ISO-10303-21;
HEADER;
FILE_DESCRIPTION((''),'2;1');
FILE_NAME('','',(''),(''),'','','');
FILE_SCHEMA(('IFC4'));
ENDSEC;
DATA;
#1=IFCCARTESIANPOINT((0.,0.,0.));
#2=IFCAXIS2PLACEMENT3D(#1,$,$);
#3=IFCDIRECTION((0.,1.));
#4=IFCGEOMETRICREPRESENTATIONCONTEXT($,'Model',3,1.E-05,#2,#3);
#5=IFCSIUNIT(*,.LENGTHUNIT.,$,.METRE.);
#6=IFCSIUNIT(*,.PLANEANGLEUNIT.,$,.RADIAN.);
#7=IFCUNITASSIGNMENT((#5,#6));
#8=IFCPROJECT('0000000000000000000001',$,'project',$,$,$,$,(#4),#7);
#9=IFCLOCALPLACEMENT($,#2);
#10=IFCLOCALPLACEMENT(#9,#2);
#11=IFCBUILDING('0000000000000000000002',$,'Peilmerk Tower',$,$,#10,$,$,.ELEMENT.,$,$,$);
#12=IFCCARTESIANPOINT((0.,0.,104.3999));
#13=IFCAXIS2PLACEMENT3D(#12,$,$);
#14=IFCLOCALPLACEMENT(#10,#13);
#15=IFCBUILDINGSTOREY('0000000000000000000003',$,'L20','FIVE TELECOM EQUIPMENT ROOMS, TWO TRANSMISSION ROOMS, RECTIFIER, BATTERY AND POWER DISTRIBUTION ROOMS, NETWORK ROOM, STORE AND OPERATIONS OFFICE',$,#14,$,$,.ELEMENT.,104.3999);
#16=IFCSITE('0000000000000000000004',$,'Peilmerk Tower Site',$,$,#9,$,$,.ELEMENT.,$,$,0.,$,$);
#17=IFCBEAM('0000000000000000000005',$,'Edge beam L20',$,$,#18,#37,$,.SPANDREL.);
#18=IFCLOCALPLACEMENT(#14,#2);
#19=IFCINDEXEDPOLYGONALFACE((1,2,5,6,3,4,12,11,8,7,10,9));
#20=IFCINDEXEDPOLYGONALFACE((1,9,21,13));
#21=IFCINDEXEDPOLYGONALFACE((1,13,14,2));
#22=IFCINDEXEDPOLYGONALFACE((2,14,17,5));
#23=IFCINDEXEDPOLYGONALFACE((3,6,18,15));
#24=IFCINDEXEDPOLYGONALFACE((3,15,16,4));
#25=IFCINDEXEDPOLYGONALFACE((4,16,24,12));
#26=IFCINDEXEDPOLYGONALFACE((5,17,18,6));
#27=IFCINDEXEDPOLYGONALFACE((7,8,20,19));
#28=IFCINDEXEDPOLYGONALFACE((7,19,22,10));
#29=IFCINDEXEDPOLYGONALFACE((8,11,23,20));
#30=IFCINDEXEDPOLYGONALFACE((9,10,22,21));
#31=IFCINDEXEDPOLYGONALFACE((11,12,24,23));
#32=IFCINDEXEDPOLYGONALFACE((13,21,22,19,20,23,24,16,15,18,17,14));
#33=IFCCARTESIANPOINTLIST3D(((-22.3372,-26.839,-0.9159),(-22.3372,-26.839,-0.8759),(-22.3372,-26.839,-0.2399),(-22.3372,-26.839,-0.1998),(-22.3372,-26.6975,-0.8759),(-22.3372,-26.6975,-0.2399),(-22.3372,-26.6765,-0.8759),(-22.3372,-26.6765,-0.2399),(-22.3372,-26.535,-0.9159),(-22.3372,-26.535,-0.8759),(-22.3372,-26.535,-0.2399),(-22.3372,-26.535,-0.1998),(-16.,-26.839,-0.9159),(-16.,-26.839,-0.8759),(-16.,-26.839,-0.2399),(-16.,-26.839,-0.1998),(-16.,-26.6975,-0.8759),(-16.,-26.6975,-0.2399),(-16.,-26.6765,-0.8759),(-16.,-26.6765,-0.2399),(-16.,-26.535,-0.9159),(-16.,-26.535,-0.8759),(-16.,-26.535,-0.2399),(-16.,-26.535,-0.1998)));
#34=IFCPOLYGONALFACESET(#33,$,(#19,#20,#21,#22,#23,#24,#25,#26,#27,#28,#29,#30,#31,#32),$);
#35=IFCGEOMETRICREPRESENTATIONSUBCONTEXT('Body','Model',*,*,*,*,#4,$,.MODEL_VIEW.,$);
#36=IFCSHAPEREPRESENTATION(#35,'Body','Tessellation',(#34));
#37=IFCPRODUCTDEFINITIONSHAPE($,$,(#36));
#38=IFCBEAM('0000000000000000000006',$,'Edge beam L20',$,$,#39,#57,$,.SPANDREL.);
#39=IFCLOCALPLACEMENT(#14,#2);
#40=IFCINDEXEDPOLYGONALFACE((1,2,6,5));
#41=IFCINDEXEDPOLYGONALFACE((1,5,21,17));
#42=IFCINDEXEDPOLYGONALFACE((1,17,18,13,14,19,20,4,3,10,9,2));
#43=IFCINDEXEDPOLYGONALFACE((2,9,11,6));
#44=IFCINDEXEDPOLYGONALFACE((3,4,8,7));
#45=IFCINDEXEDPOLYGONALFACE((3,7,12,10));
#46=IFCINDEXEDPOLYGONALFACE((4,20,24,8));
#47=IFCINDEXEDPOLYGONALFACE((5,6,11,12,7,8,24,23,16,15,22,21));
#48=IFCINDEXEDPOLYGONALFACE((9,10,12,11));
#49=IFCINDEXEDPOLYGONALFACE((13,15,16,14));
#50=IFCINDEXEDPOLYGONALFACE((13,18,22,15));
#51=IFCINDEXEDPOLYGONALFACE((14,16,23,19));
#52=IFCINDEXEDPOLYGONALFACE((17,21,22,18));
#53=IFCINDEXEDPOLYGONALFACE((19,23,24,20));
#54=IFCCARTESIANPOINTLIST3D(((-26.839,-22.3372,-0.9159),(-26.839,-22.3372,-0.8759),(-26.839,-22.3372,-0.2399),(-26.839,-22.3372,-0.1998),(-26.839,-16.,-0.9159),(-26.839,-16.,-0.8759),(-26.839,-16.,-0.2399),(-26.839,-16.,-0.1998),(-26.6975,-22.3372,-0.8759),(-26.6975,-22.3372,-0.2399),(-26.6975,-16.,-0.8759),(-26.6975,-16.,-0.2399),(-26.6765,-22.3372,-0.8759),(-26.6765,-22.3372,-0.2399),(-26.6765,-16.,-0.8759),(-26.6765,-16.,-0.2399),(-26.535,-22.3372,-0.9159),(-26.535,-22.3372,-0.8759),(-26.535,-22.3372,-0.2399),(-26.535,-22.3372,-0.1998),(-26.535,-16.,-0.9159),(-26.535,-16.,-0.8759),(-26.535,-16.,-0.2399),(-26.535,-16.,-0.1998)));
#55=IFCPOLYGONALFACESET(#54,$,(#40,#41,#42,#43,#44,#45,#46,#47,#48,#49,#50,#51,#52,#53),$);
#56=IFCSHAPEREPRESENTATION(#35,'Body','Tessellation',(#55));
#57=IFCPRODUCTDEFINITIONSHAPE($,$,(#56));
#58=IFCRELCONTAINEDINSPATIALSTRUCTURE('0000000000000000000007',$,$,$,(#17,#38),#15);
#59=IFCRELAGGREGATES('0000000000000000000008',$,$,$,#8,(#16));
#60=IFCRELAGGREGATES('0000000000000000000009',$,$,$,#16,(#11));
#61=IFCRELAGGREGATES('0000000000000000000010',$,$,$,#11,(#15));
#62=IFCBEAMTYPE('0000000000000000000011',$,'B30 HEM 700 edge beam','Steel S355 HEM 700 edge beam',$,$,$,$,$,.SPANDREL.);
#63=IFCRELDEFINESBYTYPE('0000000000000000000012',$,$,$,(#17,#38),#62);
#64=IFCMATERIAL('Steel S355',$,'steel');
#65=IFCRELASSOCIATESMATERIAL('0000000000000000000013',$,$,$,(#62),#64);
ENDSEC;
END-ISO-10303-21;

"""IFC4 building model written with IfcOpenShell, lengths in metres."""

from ifc_helpers import new_model, si_unit, direction, frame, origin, origin_2d, place, context, subcontext, project, spatial, i_section, extrude, material, material_profile, profile_set, type_object, element, save


model = new_model("IFC4")

# Units and contexts
model_context = context("Model", 3, precision=1e-05, world=origin(), true_north=direction((0.0, 1.0)))
body_context = subcontext(model_context, "Body", "Model", "MODEL_VIEW")
ifc_project = project(units=[si_unit("LENGTHUNIT", "METRE"), si_unit("PLANEANGLEUNIT", "RADIAN")], contexts=[model_context])

# Site, building, storey
site_placement = place(None, origin())
site = spatial("IfcSite", under=ifc_project, at=site_placement, Name="Peilmerk Tower Site", CompositionType="ELEMENT", RefElevation=0.0)
building_placement = place(site_placement, origin())
building = spatial("IfcBuilding", under=site, at=building_placement, Name="Peilmerk Tower", CompositionType="ELEMENT")
storey_placement = place(building_placement, frame((0.0, 0.0, 104.3999)))
storey = spatial("IfcBuildingStorey", under=building, at=storey_placement, Name="L20", Description="FIVE TELECOM EQUIPMENT ROOMS, TWO TRANSMISSION ROOMS, RECTIFIER, BATTERY AND POWER DISTRIBUTION ROOMS, NETWORK ROOM, STORE AND OPERATIONS OFFICE", CompositionType="ELEMENT", Elevation=104.3999)

# Beams
ifc_material_1 = material(Name="Steel S355", Category="steel")
ifc_material_profile_1 = material_profile(ifc_material_1, i_section(OverallWidth=0.304, OverallDepth=0.7161, WebThickness=0.021, FlangeThickness=0.04, at=origin_2d()), Name="HEM 700")
ifc_profile_set_1 = profile_set([ifc_material_profile_1], Name="Steel S355")
beam_type_1 = type_object("IfcBeamType", Name="B30 HEM 700 edge beam", Description="Steel S355 HEM 700 edge beam", PredefinedType="SPANDREL", material=ifc_profile_set_1)
for number, where, z_axis, x_axis, name in (
    (1, (-22.3372, -26.687, -0.5579), (1.0, 0.0, 0.0), (0.0, 1.0, 0.0), "Edge beam L20"),
    (2, (-26.687, -16.0, -0.5579), (0.0, -1.0, 0.0), (1.0, 0.0, 0.0), "Edge beam L20"),
):
    element("IfcBeam", number, at=place(storey_placement, frame(where, z_axis=z_axis, x_axis=x_axis)), inside=storey, type_object=beam_type_1, Name=name, PredefinedType="SPANDREL", context=body_context, shape_type="SweptSolid", body=[
        extrude(i_section(OverallWidth=0.304, OverallDepth=0.7161, WebThickness=0.021, FlangeThickness=0.04, at=origin_2d()), origin(), (0.0, 0.0, 1.0), 6.3372),
    ])

save(model, "model.ifc")
